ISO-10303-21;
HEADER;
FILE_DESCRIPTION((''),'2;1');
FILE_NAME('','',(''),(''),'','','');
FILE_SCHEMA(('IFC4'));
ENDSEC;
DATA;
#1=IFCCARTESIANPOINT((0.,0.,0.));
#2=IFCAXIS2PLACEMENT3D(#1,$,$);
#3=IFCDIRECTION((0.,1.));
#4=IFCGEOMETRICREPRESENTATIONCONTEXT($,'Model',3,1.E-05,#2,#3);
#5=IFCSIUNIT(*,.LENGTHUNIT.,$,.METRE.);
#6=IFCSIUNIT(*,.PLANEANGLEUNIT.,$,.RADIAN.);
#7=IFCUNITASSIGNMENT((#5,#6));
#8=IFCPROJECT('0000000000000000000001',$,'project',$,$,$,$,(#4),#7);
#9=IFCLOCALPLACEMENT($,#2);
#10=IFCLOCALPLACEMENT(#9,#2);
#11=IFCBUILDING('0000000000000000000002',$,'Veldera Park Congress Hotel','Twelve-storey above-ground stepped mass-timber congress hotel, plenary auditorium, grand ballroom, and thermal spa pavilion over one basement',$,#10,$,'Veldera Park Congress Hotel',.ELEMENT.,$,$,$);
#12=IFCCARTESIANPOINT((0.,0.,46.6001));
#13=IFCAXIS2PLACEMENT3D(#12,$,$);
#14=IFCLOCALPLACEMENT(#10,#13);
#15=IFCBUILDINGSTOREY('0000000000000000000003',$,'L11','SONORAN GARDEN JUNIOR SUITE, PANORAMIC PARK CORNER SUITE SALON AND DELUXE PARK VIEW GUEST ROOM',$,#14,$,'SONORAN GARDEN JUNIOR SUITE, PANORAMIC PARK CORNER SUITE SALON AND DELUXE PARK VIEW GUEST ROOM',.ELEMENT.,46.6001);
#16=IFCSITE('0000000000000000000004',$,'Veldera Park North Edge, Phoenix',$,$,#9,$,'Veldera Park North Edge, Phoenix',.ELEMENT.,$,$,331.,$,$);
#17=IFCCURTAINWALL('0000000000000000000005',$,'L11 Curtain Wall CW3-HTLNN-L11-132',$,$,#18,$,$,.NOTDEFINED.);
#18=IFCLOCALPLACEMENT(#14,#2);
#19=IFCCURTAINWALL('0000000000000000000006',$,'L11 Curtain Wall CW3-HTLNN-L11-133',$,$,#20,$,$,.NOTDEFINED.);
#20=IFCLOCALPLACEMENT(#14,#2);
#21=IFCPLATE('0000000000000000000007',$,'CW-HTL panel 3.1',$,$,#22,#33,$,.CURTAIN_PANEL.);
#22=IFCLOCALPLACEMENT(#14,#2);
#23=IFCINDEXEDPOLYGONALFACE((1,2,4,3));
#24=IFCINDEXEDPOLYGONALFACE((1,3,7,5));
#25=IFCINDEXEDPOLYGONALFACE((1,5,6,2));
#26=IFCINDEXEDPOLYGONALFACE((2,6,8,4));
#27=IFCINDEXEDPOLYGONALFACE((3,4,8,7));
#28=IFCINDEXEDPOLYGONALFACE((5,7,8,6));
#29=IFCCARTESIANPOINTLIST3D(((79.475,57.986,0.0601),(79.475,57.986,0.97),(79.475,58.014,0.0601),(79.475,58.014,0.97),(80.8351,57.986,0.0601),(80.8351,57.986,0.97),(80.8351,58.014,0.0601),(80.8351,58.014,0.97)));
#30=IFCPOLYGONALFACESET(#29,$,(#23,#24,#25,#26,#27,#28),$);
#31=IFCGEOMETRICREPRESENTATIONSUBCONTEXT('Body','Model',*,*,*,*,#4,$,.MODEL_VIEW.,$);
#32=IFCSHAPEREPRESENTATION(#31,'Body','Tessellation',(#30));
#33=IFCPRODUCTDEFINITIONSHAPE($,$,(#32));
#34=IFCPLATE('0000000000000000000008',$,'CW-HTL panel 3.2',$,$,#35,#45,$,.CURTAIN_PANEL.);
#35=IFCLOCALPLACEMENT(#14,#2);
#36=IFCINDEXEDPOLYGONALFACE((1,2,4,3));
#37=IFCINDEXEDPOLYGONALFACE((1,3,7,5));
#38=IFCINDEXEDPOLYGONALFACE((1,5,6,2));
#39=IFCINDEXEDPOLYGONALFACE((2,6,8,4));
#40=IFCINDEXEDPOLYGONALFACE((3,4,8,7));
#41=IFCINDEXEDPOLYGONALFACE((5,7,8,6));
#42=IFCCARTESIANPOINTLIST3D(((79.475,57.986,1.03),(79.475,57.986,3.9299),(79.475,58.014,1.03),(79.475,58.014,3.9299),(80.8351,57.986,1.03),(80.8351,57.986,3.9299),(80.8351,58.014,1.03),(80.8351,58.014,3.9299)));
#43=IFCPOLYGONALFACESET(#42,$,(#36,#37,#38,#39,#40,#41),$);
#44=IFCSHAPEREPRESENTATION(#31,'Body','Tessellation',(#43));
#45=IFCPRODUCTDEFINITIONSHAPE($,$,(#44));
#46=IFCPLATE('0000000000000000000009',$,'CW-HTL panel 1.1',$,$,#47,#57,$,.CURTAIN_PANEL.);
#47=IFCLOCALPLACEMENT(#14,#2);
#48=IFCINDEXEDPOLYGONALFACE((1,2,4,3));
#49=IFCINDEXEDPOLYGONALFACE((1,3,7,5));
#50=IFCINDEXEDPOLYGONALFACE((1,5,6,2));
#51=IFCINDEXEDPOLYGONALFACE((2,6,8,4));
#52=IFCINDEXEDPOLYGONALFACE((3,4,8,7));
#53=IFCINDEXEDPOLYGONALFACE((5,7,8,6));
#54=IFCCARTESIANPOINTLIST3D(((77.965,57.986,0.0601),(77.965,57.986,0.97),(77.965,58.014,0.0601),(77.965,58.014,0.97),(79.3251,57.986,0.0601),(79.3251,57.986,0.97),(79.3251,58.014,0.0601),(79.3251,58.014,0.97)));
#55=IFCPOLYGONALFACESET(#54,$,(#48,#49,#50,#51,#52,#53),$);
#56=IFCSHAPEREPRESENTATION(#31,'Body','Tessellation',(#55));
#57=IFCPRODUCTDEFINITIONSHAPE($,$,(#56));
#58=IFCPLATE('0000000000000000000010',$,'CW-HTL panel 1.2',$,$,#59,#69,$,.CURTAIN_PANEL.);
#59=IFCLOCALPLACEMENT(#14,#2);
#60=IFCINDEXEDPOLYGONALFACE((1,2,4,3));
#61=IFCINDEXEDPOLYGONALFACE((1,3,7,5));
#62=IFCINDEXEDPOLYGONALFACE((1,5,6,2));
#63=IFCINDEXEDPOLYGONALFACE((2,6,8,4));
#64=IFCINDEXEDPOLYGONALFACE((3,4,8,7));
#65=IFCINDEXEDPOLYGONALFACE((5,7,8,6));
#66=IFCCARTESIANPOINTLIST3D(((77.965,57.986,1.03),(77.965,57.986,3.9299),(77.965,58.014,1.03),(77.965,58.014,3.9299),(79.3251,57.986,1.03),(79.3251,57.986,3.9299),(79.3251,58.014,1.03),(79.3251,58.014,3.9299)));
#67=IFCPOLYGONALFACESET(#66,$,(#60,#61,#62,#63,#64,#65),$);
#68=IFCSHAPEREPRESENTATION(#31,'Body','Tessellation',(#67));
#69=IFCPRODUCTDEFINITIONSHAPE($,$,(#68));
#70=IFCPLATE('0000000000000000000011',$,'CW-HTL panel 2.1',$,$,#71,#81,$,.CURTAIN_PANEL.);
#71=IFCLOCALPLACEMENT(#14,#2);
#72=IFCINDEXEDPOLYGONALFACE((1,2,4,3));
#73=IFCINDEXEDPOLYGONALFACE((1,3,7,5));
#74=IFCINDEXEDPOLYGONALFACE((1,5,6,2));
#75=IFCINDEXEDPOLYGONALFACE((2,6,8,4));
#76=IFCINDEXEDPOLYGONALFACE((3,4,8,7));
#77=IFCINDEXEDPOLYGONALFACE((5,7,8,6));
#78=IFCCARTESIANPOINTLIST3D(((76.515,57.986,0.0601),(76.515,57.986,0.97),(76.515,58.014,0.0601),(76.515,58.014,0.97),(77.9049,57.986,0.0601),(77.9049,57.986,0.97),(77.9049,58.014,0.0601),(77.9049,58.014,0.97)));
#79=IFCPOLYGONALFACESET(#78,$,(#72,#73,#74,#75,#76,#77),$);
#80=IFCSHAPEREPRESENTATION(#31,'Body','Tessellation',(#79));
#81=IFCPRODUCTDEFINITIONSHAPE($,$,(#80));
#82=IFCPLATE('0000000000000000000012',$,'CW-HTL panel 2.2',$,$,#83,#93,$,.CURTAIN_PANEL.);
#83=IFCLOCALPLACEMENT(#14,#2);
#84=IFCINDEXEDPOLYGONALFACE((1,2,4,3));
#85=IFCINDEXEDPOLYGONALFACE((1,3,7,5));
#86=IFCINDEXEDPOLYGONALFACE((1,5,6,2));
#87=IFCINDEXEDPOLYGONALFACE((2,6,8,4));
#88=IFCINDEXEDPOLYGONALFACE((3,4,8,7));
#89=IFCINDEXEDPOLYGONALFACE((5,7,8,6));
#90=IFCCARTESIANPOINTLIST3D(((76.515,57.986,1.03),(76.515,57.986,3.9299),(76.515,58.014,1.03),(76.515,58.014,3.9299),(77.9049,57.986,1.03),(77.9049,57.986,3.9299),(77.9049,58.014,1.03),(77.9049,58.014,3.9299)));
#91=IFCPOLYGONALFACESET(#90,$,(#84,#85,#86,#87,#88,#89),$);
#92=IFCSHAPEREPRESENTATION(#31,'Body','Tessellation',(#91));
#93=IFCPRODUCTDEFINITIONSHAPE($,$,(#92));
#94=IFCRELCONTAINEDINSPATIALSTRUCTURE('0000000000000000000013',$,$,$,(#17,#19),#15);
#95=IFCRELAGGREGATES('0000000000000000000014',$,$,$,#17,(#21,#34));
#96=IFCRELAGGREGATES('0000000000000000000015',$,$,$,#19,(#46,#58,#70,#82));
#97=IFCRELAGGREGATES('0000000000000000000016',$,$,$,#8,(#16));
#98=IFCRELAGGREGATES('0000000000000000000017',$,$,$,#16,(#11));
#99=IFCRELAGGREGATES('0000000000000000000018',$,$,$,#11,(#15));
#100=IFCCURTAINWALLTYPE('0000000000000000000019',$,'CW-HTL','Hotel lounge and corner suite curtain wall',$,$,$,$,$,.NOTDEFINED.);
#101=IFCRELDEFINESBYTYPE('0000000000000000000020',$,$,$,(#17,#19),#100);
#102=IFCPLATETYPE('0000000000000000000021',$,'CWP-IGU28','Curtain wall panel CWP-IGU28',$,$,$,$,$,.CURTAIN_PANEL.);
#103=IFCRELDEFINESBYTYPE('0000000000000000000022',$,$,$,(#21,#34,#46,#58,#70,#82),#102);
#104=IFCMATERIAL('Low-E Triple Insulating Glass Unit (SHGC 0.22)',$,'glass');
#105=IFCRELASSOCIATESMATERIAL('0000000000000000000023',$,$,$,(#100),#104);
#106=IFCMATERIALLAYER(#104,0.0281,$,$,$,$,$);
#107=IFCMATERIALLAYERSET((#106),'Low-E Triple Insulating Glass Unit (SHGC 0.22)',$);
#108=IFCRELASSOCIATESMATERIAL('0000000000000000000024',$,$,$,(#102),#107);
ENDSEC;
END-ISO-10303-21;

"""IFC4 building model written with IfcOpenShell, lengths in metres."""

from ifc_helpers import new_model, si_unit, direction, frame, origin, origin_2d, place, context, subcontext, project, spatial, rectangle, extrude, material, layer, layer_set, type_object, element, aggregate, save


model = new_model("IFC4")

# Units and contexts
model_context = context("Model", 3, precision=1e-05, world=origin(), true_north=direction((0.0, 1.0)))
body_context = subcontext(model_context, "Body", "Model", "MODEL_VIEW")
ifc_project = project(units=[si_unit("LENGTHUNIT", "METRE"), si_unit("PLANEANGLEUNIT", "RADIAN")], contexts=[model_context])

# Site, building, storey
site_placement = place(None, origin())
site = spatial("IfcSite", under=ifc_project, at=site_placement, Name="Veldera Park North Edge, Phoenix", LongName="Veldera Park North Edge, Phoenix", CompositionType="ELEMENT", RefElevation=331.0)
building_placement = place(site_placement, origin())
building = spatial("IfcBuilding", under=site, at=building_placement, Name="Veldera Park Congress Hotel", Description="Twelve-storey above-ground stepped mass-timber congress hotel, plenary auditorium, grand ballroom, and thermal spa pavilion over one basement", LongName="Veldera Park Congress Hotel", CompositionType="ELEMENT")
storey_placement = place(building_placement, frame((0.0, 0.0, 46.6001)))
storey = spatial("IfcBuildingStorey", under=building, at=storey_placement, Name="L11", Description="SONORAN GARDEN JUNIOR SUITE, PANORAMIC PARK CORNER SUITE SALON AND DELUXE PARK VIEW GUEST ROOM", LongName="SONORAN GARDEN JUNIOR SUITE, PANORAMIC PARK CORNER SUITE SALON AND DELUXE PARK VIEW GUEST ROOM", CompositionType="ELEMENT", Elevation=46.6001)

# Curtain walls
ifc_material_1 = material(Name="Low-E Triple Insulating Glass Unit (SHGC 0.22)", Category="glass")
curtain_wall_type = type_object("IfcCurtainWallType", Name="CW-HTL", Description="Hotel lounge and corner suite curtain wall", PredefinedType="NOTDEFINED", material=ifc_material_1)
curtain_wall_1_placement = place(storey_placement, origin())
curtain_wall_1 = element("IfcCurtainWall", 1, at=curtain_wall_1_placement, inside=storey, type_object=curtain_wall_type, Name="L11 Curtain Wall CW3-HTLNN-L11-132", PredefinedType="NOTDEFINED")
curtain_wall_2_placement = place(storey_placement, origin())
curtain_wall_2 = element("IfcCurtainWall", 2, at=curtain_wall_2_placement, inside=storey, type_object=curtain_wall_type, Name="L11 Curtain Wall CW3-HTLNN-L11-133", PredefinedType="NOTDEFINED")

# Plates
ifc_layer_1 = layer(ifc_material_1, 0.0281)
ifc_layer_set_1 = layer_set([ifc_layer_1], Name="Low-E Triple Insulating Glass Unit (SHGC 0.22)")
plate_type = type_object("IfcPlateType", Name="CWP-IGU28", Description="Curtain wall panel CWP-IGU28", PredefinedType="CURTAIN_PANEL", material=ifc_layer_set_1)
plate_1_placement = place(storey_placement, frame((80.155, 58.0, 0.0601), z_axis=(0.0, 0.0, 1.0), x_axis=(-1.0, 0.0, 0.0)))
plate_1 = element("IfcPlate", 3, at=plate_1_placement, type_object=plate_type, Name="CW-HTL panel 3.1", PredefinedType="CURTAIN_PANEL", context=body_context, shape_type="SweptSolid", body=[
    extrude(rectangle(XDim=1.3601, YDim=0.0281, at=origin_2d()), origin(), (0.0, 0.0, 1.0), 0.9099),
])
plate_2_placement = place(storey_placement, frame((80.155, 58.0, 1.03), z_axis=(0.0, 0.0, 1.0), x_axis=(-1.0, 0.0, 0.0)))
plate_2 = element("IfcPlate", 4, at=plate_2_placement, type_object=plate_type, Name="CW-HTL panel 3.2", PredefinedType="CURTAIN_PANEL", context=body_context, shape_type="SweptSolid", body=[
    extrude(rectangle(XDim=1.3601, YDim=0.0281, at=origin_2d()), origin(), (0.0, 0.0, 1.0), 2.8999),
])
aggregate(curtain_wall_1, [plate_1, plate_2])
plate_3_placement = place(storey_placement, frame((78.645, 58.0, 0.0601), z_axis=(0.0, 0.0, 1.0), x_axis=(-1.0, 0.0, 0.0)))
plate_3 = element("IfcPlate", 5, at=plate_3_placement, type_object=plate_type, Name="CW-HTL panel 1.1", PredefinedType="CURTAIN_PANEL", context=body_context, shape_type="SweptSolid", body=[
    extrude(rectangle(XDim=1.3601, YDim=0.0281, at=origin_2d()), origin(), (0.0, 0.0, 1.0), 0.9099),
])
plate_4_placement = place(storey_placement, frame((78.645, 58.0, 1.03), z_axis=(0.0, 0.0, 1.0), x_axis=(-1.0, 0.0, 0.0)))
plate_4 = element("IfcPlate", 6, at=plate_4_placement, type_object=plate_type, Name="CW-HTL panel 1.2", PredefinedType="CURTAIN_PANEL", context=body_context, shape_type="SweptSolid", body=[
    extrude(rectangle(XDim=1.3601, YDim=0.0281, at=origin_2d()), origin(), (0.0, 0.0, 1.0), 2.8999),
])
plate_5_placement = place(storey_placement, frame((77.21, 58.0, 0.0601), z_axis=(0.0, 0.0, 1.0), x_axis=(-1.0, 0.0, 0.0)))
plate_5 = element("IfcPlate", 7, at=plate_5_placement, type_object=plate_type, Name="CW-HTL panel 2.1", PredefinedType="CURTAIN_PANEL", context=body_context, shape_type="SweptSolid", body=[
    extrude(rectangle(XDim=1.3899, YDim=0.0281, at=origin_2d()), origin(), (0.0, 0.0, 1.0), 0.9099),
])
plate_6_placement = place(storey_placement, frame((77.21, 58.0, 1.03), z_axis=(0.0, 0.0, 1.0), x_axis=(-1.0, 0.0, 0.0)))
plate_6 = element("IfcPlate", 8, at=plate_6_placement, type_object=plate_type, Name="CW-HTL panel 2.2", PredefinedType="CURTAIN_PANEL", context=body_context, shape_type="SweptSolid", body=[
    extrude(rectangle(XDim=1.3899, YDim=0.0281, at=origin_2d()), origin(), (0.0, 0.0, 1.0), 2.8999),
])
aggregate(curtain_wall_2, [plate_3, plate_4, plate_5, plate_6])

save(model, "model.ifc")
